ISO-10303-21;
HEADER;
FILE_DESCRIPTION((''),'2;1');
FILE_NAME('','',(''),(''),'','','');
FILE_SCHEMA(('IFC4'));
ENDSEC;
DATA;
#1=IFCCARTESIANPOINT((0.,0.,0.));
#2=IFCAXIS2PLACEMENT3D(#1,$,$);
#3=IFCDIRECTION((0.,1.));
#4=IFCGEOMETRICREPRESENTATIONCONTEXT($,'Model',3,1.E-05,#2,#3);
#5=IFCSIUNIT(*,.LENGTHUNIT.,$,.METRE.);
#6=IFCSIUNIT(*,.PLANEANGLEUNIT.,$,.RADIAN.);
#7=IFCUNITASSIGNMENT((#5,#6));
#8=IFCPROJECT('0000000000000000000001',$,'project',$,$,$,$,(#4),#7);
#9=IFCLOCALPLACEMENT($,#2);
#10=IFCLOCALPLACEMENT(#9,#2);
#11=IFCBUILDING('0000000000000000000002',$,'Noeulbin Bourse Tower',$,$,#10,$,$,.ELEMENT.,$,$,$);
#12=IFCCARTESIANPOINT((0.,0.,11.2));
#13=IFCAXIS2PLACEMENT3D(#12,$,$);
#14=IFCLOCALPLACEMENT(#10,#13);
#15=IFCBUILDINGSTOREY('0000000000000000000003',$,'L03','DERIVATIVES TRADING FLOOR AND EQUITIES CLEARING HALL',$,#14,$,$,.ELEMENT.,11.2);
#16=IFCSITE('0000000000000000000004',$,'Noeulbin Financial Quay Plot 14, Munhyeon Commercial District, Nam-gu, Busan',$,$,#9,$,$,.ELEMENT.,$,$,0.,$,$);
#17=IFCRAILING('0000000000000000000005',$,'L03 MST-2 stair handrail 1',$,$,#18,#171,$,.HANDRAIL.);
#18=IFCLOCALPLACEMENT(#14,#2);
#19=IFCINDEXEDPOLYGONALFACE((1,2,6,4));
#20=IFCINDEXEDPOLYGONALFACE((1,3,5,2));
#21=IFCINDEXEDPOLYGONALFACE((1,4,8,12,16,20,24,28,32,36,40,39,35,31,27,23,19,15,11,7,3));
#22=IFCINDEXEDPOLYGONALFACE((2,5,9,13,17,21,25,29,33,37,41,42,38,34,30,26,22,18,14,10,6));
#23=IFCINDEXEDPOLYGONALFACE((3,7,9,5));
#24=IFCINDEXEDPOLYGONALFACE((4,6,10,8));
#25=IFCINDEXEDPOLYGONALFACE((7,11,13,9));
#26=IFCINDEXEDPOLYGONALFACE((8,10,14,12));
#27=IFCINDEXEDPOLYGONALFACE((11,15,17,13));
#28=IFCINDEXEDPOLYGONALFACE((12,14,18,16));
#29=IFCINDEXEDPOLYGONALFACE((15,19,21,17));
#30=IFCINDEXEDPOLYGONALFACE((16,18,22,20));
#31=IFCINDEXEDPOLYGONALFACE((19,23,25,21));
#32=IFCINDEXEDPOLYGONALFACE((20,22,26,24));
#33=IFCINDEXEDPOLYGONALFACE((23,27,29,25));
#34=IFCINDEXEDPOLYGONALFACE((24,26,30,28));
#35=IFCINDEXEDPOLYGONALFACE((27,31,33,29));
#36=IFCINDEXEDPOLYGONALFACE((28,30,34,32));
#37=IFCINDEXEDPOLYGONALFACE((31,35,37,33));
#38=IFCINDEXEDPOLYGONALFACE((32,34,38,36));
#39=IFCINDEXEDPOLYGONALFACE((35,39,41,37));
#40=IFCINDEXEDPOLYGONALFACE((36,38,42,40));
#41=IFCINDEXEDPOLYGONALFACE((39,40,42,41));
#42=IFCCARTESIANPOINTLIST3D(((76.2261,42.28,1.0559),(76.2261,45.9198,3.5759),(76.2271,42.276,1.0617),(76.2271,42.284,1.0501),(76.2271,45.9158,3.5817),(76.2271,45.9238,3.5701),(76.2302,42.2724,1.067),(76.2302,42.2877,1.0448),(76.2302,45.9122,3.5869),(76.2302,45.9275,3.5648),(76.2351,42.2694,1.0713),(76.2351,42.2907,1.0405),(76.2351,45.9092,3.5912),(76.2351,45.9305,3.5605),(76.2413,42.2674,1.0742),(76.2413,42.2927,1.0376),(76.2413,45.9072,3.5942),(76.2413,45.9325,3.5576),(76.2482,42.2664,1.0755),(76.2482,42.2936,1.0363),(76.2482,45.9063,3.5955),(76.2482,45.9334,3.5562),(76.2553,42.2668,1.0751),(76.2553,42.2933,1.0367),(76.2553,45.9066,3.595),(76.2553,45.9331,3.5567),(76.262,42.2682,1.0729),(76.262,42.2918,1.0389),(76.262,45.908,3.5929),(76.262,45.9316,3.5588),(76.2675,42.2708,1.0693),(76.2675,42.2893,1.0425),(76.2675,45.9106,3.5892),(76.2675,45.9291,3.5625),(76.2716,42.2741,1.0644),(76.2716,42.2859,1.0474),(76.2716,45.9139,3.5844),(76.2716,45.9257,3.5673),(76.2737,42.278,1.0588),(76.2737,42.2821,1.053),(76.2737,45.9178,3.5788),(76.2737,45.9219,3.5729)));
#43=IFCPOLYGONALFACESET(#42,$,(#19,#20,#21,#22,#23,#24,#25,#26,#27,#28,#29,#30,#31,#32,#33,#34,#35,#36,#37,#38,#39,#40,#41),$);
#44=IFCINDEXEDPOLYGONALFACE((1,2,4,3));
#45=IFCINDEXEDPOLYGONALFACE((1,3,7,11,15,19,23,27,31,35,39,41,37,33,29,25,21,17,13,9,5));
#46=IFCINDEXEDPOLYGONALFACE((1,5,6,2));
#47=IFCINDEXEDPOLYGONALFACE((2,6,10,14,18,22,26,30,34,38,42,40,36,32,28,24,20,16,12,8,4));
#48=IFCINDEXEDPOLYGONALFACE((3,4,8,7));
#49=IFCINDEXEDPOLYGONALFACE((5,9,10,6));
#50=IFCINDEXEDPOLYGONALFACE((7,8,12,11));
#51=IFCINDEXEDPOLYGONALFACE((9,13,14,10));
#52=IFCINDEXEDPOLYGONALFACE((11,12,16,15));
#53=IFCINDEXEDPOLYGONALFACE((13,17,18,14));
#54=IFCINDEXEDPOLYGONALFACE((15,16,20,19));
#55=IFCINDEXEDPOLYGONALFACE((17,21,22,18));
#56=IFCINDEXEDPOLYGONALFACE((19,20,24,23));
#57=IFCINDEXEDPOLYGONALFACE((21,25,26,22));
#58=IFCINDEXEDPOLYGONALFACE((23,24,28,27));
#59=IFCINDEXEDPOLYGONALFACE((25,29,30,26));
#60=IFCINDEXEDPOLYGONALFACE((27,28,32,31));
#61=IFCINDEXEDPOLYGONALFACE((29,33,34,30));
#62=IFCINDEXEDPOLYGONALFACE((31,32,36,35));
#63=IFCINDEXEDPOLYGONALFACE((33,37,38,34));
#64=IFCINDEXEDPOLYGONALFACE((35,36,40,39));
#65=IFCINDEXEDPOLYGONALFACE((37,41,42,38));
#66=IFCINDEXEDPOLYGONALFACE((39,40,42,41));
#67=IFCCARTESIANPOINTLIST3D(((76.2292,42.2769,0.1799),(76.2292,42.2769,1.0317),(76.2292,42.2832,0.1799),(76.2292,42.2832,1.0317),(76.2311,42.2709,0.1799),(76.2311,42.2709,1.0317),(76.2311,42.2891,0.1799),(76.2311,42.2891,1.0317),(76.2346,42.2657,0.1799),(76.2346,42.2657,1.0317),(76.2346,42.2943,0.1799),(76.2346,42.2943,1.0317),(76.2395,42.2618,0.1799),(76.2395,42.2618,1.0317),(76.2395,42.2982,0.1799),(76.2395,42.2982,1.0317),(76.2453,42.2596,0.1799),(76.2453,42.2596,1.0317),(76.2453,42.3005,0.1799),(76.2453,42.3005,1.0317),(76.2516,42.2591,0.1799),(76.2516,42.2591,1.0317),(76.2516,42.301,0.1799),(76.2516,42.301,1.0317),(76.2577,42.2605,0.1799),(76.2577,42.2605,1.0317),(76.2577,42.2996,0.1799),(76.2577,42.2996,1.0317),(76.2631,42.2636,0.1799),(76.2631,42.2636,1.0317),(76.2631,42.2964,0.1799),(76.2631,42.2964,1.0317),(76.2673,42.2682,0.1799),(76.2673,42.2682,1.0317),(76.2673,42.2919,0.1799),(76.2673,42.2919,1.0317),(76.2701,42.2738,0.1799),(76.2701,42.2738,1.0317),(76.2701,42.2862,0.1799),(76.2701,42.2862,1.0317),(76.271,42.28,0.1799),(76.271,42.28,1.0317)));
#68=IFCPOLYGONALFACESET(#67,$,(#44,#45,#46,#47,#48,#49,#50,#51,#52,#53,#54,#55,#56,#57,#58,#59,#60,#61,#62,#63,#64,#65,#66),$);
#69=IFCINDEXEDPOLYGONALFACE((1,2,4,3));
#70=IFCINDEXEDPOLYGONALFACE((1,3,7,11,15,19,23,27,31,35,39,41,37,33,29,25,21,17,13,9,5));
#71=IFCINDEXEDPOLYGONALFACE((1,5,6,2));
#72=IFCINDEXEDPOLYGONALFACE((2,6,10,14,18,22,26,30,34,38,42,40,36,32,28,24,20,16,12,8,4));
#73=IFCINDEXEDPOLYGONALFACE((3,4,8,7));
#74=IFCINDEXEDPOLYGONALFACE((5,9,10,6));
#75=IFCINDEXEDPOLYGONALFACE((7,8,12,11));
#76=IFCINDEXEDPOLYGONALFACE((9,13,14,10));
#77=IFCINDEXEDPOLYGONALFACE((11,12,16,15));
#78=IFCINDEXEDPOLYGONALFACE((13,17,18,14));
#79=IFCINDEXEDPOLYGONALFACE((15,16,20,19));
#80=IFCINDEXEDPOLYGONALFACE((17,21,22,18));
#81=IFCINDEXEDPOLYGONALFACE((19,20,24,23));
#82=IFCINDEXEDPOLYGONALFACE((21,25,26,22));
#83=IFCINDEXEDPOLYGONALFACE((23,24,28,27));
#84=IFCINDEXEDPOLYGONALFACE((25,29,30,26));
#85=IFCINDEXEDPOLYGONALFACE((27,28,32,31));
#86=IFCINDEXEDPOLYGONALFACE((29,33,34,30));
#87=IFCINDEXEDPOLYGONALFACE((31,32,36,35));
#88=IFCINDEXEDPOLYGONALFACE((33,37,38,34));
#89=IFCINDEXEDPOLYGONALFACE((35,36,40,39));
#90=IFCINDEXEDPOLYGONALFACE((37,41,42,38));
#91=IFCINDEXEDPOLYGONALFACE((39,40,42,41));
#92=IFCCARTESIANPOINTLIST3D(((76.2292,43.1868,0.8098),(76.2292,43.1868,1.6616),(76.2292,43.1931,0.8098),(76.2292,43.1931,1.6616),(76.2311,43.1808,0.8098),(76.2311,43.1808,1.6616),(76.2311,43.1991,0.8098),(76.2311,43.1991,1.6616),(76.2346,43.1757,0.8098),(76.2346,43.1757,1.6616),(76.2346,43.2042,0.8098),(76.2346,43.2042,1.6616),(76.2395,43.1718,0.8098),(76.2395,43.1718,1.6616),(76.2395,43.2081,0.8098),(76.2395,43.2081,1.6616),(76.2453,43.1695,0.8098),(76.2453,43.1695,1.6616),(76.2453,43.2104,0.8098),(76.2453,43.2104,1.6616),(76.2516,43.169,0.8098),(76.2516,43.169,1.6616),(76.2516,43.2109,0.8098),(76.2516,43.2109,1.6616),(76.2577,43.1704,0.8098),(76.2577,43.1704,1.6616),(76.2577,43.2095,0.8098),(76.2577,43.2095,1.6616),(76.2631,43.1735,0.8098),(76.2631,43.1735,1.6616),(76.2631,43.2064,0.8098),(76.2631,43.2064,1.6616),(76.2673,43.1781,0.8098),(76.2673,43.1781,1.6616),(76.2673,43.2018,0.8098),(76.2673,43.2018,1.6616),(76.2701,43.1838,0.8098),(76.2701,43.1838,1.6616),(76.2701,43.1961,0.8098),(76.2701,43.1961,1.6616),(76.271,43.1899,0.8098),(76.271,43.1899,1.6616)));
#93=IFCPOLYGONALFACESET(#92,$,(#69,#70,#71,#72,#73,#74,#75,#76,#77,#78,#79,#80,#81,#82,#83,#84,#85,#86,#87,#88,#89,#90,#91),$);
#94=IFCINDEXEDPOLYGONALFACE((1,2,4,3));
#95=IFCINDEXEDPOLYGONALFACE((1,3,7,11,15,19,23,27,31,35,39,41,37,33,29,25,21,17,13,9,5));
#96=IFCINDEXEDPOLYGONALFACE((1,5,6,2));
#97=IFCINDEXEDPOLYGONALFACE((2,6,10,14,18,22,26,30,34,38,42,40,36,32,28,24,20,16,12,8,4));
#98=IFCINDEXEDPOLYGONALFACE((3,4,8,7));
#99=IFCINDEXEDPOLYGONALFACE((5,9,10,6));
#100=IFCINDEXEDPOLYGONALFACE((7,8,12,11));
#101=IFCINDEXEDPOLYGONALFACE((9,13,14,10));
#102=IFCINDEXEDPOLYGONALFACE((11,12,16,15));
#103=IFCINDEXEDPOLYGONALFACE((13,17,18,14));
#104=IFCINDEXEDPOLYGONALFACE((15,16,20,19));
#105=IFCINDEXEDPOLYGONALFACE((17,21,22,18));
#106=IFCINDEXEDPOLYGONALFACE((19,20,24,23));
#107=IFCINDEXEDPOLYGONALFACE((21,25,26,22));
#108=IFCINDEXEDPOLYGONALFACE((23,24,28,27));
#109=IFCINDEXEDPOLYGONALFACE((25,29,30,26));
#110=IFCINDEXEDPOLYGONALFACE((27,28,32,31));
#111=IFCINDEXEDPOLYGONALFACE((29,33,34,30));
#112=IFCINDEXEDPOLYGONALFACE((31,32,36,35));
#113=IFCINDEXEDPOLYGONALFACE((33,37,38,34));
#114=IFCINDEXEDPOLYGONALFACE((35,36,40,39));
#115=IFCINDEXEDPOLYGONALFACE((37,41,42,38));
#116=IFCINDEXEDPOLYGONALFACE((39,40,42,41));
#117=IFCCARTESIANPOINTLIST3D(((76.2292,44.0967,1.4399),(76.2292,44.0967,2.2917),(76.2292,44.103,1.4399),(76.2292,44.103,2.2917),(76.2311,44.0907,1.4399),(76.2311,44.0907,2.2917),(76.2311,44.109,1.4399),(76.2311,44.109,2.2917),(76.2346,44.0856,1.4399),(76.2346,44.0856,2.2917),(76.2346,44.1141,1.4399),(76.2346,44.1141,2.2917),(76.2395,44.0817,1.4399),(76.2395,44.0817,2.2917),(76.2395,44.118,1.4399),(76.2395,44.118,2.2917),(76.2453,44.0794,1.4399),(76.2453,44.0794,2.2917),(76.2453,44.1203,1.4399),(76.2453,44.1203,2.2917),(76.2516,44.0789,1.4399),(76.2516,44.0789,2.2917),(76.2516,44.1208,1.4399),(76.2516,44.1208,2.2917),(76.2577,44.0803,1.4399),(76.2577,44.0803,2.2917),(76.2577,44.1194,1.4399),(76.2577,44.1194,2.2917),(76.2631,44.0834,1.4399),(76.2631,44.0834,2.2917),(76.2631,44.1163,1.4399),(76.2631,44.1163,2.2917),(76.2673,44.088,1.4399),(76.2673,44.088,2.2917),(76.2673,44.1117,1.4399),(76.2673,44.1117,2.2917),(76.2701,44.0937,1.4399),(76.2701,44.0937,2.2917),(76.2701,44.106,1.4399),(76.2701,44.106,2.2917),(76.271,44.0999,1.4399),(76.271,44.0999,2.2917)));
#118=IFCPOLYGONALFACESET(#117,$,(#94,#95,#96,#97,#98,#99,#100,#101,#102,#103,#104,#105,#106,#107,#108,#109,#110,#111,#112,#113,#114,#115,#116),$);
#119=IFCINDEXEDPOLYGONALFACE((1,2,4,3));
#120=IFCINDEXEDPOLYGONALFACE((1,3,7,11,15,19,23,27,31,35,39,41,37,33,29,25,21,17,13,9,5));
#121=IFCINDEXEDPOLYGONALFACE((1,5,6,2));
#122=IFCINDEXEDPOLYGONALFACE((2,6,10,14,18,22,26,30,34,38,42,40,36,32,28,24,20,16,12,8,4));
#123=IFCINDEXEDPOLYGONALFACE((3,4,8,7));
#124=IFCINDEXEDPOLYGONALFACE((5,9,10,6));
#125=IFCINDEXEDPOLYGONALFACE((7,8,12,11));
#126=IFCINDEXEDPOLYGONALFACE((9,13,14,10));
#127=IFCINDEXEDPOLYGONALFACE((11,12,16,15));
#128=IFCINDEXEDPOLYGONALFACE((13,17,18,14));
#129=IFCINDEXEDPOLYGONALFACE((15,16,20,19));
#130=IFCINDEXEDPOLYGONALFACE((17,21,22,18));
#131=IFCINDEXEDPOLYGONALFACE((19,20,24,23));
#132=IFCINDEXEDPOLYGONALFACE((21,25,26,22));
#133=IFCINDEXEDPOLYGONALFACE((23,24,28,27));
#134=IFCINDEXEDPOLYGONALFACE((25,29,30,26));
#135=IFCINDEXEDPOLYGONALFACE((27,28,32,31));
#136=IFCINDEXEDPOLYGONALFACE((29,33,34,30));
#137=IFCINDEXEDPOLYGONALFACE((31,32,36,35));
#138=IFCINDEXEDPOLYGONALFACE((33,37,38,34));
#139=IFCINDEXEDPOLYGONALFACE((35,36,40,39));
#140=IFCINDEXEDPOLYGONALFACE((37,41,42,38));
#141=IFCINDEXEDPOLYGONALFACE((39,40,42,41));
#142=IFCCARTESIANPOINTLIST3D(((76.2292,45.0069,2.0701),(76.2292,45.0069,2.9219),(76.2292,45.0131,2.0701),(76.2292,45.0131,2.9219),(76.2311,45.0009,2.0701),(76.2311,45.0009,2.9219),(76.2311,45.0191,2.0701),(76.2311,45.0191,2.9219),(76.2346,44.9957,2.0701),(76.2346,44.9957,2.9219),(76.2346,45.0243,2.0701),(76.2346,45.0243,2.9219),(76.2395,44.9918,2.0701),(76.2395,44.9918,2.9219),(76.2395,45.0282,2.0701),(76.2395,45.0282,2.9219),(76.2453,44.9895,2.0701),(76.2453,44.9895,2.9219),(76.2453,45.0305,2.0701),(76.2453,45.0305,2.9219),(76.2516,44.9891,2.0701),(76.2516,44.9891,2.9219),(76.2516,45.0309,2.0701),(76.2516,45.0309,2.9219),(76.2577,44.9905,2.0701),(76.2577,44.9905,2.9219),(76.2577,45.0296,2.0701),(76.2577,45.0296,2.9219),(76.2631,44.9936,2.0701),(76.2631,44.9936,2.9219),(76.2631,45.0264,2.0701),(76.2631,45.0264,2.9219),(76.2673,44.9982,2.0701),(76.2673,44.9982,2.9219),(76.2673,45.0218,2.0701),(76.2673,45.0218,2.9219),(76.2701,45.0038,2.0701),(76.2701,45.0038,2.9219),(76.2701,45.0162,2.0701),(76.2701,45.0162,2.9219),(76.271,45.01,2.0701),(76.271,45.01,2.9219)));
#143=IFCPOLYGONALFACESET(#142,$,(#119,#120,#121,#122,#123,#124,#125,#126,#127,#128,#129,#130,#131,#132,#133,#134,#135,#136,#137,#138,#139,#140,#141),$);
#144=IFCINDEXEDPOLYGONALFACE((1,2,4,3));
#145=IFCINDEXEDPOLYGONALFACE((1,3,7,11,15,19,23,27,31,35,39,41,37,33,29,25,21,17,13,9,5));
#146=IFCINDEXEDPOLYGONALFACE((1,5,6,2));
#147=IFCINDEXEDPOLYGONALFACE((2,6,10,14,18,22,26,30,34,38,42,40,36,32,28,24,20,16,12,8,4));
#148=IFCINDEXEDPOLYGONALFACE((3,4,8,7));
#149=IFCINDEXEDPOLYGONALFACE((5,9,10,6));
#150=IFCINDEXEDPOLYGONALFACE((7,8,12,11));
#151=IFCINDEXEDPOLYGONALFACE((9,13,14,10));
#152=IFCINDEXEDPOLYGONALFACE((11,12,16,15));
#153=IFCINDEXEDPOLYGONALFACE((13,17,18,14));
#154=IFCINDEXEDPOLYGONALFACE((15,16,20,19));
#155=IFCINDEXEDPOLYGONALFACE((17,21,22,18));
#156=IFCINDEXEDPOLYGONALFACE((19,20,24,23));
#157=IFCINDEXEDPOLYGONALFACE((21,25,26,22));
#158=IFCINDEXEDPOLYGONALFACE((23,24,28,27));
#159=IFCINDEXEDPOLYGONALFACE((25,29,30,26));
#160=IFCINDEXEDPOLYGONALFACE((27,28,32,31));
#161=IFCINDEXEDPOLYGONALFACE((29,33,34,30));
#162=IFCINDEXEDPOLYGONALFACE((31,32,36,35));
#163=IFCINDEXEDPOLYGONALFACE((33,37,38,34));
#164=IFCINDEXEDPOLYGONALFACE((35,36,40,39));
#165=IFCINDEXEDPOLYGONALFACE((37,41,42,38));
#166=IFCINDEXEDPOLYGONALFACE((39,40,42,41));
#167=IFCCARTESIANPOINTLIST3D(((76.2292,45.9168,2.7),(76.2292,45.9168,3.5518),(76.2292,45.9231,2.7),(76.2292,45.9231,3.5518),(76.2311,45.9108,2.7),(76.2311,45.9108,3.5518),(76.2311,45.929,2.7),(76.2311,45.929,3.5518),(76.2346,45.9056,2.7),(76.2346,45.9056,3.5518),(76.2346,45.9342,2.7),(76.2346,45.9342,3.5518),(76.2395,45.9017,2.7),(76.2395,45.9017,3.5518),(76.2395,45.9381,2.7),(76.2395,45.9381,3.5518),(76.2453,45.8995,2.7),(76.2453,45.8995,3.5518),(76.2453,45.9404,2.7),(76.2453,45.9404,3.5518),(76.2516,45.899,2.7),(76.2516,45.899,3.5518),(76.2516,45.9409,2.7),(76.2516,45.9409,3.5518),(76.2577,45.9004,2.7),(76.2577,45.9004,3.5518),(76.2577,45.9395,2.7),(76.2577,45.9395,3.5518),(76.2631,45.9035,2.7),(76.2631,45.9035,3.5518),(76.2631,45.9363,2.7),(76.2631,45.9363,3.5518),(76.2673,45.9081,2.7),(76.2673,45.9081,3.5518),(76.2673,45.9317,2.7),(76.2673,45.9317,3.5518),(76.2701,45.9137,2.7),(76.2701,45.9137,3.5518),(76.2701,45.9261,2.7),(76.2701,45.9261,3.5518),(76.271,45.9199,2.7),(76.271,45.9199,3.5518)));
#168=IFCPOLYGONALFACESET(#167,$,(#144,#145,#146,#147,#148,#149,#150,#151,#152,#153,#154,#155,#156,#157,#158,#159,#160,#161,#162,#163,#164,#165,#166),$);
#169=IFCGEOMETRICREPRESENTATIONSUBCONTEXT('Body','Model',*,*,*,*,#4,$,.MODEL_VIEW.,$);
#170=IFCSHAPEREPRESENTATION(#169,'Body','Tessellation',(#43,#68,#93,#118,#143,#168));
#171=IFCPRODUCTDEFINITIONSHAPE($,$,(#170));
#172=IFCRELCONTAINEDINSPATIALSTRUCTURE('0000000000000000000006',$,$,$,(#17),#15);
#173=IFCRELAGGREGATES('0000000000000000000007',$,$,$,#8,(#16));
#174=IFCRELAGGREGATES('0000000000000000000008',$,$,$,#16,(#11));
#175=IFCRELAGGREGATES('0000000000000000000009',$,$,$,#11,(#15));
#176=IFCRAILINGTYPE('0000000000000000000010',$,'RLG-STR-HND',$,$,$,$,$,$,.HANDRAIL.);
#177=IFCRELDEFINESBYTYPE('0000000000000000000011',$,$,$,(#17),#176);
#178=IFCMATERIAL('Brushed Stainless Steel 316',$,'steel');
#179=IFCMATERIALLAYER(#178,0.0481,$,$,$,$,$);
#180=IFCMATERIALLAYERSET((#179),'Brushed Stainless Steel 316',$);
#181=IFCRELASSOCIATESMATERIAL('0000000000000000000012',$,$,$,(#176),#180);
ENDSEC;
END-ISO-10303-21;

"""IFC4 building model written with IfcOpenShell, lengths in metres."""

from ifc_helpers import new_model, si_unit, direction, frame, origin, origin_2d, place, context, subcontext, project, spatial, circle, extrude, material, layer, layer_set, type_object, element, save


model = new_model("IFC4")

# Units and contexts
model_context = context("Model", 3, precision=1e-05, world=origin(), true_north=direction((0.0, 1.0)))
body_context = subcontext(model_context, "Body", "Model", "MODEL_VIEW")
ifc_project = project(units=[si_unit("LENGTHUNIT", "METRE"), si_unit("PLANEANGLEUNIT", "RADIAN")], contexts=[model_context])

# Site, building, storey
site_placement = place(None, origin())
site = spatial("IfcSite", under=ifc_project, at=site_placement, Name="Noeulbin Financial Quay Plot 14, Munhyeon Commercial District, Nam-gu, Busan", CompositionType="ELEMENT", RefElevation=0.0)
building_placement = place(site_placement, origin())
building = spatial("IfcBuilding", under=site, at=building_placement, Name="Noeulbin Bourse Tower", CompositionType="ELEMENT")
storey_placement = place(building_placement, frame((0.0, 0.0, 11.2)))
storey = spatial("IfcBuildingStorey", under=building, at=storey_placement, Name="L03", Description="DERIVATIVES TRADING FLOOR AND EQUITIES CLEARING HALL", CompositionType="ELEMENT", Elevation=11.2)

# Railing
ifc_material_1 = material(Name="Brushed Stainless Steel 316", Category="steel")
ifc_layer_1 = layer(ifc_material_1, 0.0481)
ifc_layer_set_1 = layer_set([ifc_layer_1], Name="Brushed Stainless Steel 316")
railing_type_1 = type_object("IfcRailingType", Name="RLG-STR-HND", PredefinedType="HANDRAIL", material=ifc_layer_set_1)
railing_1_placement = place(storey_placement, frame((76.25, 42.28, 0.1799)))
element("IfcRailing", 1, at=railing_1_placement, inside=storey, type_object=railing_type_1, Name="L03 MST-2 stair handrail 1", PredefinedType="HANDRAIL", context=body_context, shape_type="SweptSolid", body=[
    extrude(circle(Radius=0.0239, at=origin_2d()), frame((0.0, 0.0, 0.876), z_axis=(0.0, 0.822182, 0.569224), x_axis=(-1.0, 0.0, 0.0)), (0.0, 0.0, 1.0), 4.427),
    extrude(circle(Radius=0.021, at=origin_2d()), origin(), (0.0, 0.0, 1.0), 0.8518),
    extrude(circle(Radius=0.021, at=origin_2d()), frame((0.0, 0.9099, 0.6299)), (0.0, 0.0, 1.0), 0.8518),
    extrude(circle(Radius=0.021, at=origin_2d()), frame((0.0, 1.8198, 1.26)), (0.0, 0.0, 1.0), 0.8518),
    extrude(circle(Radius=0.021, at=origin_2d()), frame((0.0, 2.73, 1.8901)), (0.0, 0.0, 1.0), 0.8518),
    extrude(circle(Radius=0.021, at=origin_2d()), frame((0.0, 3.6399, 2.52)), (0.0, 0.0, 1.0), 0.8518),
])

save(model, "model.ifc")
